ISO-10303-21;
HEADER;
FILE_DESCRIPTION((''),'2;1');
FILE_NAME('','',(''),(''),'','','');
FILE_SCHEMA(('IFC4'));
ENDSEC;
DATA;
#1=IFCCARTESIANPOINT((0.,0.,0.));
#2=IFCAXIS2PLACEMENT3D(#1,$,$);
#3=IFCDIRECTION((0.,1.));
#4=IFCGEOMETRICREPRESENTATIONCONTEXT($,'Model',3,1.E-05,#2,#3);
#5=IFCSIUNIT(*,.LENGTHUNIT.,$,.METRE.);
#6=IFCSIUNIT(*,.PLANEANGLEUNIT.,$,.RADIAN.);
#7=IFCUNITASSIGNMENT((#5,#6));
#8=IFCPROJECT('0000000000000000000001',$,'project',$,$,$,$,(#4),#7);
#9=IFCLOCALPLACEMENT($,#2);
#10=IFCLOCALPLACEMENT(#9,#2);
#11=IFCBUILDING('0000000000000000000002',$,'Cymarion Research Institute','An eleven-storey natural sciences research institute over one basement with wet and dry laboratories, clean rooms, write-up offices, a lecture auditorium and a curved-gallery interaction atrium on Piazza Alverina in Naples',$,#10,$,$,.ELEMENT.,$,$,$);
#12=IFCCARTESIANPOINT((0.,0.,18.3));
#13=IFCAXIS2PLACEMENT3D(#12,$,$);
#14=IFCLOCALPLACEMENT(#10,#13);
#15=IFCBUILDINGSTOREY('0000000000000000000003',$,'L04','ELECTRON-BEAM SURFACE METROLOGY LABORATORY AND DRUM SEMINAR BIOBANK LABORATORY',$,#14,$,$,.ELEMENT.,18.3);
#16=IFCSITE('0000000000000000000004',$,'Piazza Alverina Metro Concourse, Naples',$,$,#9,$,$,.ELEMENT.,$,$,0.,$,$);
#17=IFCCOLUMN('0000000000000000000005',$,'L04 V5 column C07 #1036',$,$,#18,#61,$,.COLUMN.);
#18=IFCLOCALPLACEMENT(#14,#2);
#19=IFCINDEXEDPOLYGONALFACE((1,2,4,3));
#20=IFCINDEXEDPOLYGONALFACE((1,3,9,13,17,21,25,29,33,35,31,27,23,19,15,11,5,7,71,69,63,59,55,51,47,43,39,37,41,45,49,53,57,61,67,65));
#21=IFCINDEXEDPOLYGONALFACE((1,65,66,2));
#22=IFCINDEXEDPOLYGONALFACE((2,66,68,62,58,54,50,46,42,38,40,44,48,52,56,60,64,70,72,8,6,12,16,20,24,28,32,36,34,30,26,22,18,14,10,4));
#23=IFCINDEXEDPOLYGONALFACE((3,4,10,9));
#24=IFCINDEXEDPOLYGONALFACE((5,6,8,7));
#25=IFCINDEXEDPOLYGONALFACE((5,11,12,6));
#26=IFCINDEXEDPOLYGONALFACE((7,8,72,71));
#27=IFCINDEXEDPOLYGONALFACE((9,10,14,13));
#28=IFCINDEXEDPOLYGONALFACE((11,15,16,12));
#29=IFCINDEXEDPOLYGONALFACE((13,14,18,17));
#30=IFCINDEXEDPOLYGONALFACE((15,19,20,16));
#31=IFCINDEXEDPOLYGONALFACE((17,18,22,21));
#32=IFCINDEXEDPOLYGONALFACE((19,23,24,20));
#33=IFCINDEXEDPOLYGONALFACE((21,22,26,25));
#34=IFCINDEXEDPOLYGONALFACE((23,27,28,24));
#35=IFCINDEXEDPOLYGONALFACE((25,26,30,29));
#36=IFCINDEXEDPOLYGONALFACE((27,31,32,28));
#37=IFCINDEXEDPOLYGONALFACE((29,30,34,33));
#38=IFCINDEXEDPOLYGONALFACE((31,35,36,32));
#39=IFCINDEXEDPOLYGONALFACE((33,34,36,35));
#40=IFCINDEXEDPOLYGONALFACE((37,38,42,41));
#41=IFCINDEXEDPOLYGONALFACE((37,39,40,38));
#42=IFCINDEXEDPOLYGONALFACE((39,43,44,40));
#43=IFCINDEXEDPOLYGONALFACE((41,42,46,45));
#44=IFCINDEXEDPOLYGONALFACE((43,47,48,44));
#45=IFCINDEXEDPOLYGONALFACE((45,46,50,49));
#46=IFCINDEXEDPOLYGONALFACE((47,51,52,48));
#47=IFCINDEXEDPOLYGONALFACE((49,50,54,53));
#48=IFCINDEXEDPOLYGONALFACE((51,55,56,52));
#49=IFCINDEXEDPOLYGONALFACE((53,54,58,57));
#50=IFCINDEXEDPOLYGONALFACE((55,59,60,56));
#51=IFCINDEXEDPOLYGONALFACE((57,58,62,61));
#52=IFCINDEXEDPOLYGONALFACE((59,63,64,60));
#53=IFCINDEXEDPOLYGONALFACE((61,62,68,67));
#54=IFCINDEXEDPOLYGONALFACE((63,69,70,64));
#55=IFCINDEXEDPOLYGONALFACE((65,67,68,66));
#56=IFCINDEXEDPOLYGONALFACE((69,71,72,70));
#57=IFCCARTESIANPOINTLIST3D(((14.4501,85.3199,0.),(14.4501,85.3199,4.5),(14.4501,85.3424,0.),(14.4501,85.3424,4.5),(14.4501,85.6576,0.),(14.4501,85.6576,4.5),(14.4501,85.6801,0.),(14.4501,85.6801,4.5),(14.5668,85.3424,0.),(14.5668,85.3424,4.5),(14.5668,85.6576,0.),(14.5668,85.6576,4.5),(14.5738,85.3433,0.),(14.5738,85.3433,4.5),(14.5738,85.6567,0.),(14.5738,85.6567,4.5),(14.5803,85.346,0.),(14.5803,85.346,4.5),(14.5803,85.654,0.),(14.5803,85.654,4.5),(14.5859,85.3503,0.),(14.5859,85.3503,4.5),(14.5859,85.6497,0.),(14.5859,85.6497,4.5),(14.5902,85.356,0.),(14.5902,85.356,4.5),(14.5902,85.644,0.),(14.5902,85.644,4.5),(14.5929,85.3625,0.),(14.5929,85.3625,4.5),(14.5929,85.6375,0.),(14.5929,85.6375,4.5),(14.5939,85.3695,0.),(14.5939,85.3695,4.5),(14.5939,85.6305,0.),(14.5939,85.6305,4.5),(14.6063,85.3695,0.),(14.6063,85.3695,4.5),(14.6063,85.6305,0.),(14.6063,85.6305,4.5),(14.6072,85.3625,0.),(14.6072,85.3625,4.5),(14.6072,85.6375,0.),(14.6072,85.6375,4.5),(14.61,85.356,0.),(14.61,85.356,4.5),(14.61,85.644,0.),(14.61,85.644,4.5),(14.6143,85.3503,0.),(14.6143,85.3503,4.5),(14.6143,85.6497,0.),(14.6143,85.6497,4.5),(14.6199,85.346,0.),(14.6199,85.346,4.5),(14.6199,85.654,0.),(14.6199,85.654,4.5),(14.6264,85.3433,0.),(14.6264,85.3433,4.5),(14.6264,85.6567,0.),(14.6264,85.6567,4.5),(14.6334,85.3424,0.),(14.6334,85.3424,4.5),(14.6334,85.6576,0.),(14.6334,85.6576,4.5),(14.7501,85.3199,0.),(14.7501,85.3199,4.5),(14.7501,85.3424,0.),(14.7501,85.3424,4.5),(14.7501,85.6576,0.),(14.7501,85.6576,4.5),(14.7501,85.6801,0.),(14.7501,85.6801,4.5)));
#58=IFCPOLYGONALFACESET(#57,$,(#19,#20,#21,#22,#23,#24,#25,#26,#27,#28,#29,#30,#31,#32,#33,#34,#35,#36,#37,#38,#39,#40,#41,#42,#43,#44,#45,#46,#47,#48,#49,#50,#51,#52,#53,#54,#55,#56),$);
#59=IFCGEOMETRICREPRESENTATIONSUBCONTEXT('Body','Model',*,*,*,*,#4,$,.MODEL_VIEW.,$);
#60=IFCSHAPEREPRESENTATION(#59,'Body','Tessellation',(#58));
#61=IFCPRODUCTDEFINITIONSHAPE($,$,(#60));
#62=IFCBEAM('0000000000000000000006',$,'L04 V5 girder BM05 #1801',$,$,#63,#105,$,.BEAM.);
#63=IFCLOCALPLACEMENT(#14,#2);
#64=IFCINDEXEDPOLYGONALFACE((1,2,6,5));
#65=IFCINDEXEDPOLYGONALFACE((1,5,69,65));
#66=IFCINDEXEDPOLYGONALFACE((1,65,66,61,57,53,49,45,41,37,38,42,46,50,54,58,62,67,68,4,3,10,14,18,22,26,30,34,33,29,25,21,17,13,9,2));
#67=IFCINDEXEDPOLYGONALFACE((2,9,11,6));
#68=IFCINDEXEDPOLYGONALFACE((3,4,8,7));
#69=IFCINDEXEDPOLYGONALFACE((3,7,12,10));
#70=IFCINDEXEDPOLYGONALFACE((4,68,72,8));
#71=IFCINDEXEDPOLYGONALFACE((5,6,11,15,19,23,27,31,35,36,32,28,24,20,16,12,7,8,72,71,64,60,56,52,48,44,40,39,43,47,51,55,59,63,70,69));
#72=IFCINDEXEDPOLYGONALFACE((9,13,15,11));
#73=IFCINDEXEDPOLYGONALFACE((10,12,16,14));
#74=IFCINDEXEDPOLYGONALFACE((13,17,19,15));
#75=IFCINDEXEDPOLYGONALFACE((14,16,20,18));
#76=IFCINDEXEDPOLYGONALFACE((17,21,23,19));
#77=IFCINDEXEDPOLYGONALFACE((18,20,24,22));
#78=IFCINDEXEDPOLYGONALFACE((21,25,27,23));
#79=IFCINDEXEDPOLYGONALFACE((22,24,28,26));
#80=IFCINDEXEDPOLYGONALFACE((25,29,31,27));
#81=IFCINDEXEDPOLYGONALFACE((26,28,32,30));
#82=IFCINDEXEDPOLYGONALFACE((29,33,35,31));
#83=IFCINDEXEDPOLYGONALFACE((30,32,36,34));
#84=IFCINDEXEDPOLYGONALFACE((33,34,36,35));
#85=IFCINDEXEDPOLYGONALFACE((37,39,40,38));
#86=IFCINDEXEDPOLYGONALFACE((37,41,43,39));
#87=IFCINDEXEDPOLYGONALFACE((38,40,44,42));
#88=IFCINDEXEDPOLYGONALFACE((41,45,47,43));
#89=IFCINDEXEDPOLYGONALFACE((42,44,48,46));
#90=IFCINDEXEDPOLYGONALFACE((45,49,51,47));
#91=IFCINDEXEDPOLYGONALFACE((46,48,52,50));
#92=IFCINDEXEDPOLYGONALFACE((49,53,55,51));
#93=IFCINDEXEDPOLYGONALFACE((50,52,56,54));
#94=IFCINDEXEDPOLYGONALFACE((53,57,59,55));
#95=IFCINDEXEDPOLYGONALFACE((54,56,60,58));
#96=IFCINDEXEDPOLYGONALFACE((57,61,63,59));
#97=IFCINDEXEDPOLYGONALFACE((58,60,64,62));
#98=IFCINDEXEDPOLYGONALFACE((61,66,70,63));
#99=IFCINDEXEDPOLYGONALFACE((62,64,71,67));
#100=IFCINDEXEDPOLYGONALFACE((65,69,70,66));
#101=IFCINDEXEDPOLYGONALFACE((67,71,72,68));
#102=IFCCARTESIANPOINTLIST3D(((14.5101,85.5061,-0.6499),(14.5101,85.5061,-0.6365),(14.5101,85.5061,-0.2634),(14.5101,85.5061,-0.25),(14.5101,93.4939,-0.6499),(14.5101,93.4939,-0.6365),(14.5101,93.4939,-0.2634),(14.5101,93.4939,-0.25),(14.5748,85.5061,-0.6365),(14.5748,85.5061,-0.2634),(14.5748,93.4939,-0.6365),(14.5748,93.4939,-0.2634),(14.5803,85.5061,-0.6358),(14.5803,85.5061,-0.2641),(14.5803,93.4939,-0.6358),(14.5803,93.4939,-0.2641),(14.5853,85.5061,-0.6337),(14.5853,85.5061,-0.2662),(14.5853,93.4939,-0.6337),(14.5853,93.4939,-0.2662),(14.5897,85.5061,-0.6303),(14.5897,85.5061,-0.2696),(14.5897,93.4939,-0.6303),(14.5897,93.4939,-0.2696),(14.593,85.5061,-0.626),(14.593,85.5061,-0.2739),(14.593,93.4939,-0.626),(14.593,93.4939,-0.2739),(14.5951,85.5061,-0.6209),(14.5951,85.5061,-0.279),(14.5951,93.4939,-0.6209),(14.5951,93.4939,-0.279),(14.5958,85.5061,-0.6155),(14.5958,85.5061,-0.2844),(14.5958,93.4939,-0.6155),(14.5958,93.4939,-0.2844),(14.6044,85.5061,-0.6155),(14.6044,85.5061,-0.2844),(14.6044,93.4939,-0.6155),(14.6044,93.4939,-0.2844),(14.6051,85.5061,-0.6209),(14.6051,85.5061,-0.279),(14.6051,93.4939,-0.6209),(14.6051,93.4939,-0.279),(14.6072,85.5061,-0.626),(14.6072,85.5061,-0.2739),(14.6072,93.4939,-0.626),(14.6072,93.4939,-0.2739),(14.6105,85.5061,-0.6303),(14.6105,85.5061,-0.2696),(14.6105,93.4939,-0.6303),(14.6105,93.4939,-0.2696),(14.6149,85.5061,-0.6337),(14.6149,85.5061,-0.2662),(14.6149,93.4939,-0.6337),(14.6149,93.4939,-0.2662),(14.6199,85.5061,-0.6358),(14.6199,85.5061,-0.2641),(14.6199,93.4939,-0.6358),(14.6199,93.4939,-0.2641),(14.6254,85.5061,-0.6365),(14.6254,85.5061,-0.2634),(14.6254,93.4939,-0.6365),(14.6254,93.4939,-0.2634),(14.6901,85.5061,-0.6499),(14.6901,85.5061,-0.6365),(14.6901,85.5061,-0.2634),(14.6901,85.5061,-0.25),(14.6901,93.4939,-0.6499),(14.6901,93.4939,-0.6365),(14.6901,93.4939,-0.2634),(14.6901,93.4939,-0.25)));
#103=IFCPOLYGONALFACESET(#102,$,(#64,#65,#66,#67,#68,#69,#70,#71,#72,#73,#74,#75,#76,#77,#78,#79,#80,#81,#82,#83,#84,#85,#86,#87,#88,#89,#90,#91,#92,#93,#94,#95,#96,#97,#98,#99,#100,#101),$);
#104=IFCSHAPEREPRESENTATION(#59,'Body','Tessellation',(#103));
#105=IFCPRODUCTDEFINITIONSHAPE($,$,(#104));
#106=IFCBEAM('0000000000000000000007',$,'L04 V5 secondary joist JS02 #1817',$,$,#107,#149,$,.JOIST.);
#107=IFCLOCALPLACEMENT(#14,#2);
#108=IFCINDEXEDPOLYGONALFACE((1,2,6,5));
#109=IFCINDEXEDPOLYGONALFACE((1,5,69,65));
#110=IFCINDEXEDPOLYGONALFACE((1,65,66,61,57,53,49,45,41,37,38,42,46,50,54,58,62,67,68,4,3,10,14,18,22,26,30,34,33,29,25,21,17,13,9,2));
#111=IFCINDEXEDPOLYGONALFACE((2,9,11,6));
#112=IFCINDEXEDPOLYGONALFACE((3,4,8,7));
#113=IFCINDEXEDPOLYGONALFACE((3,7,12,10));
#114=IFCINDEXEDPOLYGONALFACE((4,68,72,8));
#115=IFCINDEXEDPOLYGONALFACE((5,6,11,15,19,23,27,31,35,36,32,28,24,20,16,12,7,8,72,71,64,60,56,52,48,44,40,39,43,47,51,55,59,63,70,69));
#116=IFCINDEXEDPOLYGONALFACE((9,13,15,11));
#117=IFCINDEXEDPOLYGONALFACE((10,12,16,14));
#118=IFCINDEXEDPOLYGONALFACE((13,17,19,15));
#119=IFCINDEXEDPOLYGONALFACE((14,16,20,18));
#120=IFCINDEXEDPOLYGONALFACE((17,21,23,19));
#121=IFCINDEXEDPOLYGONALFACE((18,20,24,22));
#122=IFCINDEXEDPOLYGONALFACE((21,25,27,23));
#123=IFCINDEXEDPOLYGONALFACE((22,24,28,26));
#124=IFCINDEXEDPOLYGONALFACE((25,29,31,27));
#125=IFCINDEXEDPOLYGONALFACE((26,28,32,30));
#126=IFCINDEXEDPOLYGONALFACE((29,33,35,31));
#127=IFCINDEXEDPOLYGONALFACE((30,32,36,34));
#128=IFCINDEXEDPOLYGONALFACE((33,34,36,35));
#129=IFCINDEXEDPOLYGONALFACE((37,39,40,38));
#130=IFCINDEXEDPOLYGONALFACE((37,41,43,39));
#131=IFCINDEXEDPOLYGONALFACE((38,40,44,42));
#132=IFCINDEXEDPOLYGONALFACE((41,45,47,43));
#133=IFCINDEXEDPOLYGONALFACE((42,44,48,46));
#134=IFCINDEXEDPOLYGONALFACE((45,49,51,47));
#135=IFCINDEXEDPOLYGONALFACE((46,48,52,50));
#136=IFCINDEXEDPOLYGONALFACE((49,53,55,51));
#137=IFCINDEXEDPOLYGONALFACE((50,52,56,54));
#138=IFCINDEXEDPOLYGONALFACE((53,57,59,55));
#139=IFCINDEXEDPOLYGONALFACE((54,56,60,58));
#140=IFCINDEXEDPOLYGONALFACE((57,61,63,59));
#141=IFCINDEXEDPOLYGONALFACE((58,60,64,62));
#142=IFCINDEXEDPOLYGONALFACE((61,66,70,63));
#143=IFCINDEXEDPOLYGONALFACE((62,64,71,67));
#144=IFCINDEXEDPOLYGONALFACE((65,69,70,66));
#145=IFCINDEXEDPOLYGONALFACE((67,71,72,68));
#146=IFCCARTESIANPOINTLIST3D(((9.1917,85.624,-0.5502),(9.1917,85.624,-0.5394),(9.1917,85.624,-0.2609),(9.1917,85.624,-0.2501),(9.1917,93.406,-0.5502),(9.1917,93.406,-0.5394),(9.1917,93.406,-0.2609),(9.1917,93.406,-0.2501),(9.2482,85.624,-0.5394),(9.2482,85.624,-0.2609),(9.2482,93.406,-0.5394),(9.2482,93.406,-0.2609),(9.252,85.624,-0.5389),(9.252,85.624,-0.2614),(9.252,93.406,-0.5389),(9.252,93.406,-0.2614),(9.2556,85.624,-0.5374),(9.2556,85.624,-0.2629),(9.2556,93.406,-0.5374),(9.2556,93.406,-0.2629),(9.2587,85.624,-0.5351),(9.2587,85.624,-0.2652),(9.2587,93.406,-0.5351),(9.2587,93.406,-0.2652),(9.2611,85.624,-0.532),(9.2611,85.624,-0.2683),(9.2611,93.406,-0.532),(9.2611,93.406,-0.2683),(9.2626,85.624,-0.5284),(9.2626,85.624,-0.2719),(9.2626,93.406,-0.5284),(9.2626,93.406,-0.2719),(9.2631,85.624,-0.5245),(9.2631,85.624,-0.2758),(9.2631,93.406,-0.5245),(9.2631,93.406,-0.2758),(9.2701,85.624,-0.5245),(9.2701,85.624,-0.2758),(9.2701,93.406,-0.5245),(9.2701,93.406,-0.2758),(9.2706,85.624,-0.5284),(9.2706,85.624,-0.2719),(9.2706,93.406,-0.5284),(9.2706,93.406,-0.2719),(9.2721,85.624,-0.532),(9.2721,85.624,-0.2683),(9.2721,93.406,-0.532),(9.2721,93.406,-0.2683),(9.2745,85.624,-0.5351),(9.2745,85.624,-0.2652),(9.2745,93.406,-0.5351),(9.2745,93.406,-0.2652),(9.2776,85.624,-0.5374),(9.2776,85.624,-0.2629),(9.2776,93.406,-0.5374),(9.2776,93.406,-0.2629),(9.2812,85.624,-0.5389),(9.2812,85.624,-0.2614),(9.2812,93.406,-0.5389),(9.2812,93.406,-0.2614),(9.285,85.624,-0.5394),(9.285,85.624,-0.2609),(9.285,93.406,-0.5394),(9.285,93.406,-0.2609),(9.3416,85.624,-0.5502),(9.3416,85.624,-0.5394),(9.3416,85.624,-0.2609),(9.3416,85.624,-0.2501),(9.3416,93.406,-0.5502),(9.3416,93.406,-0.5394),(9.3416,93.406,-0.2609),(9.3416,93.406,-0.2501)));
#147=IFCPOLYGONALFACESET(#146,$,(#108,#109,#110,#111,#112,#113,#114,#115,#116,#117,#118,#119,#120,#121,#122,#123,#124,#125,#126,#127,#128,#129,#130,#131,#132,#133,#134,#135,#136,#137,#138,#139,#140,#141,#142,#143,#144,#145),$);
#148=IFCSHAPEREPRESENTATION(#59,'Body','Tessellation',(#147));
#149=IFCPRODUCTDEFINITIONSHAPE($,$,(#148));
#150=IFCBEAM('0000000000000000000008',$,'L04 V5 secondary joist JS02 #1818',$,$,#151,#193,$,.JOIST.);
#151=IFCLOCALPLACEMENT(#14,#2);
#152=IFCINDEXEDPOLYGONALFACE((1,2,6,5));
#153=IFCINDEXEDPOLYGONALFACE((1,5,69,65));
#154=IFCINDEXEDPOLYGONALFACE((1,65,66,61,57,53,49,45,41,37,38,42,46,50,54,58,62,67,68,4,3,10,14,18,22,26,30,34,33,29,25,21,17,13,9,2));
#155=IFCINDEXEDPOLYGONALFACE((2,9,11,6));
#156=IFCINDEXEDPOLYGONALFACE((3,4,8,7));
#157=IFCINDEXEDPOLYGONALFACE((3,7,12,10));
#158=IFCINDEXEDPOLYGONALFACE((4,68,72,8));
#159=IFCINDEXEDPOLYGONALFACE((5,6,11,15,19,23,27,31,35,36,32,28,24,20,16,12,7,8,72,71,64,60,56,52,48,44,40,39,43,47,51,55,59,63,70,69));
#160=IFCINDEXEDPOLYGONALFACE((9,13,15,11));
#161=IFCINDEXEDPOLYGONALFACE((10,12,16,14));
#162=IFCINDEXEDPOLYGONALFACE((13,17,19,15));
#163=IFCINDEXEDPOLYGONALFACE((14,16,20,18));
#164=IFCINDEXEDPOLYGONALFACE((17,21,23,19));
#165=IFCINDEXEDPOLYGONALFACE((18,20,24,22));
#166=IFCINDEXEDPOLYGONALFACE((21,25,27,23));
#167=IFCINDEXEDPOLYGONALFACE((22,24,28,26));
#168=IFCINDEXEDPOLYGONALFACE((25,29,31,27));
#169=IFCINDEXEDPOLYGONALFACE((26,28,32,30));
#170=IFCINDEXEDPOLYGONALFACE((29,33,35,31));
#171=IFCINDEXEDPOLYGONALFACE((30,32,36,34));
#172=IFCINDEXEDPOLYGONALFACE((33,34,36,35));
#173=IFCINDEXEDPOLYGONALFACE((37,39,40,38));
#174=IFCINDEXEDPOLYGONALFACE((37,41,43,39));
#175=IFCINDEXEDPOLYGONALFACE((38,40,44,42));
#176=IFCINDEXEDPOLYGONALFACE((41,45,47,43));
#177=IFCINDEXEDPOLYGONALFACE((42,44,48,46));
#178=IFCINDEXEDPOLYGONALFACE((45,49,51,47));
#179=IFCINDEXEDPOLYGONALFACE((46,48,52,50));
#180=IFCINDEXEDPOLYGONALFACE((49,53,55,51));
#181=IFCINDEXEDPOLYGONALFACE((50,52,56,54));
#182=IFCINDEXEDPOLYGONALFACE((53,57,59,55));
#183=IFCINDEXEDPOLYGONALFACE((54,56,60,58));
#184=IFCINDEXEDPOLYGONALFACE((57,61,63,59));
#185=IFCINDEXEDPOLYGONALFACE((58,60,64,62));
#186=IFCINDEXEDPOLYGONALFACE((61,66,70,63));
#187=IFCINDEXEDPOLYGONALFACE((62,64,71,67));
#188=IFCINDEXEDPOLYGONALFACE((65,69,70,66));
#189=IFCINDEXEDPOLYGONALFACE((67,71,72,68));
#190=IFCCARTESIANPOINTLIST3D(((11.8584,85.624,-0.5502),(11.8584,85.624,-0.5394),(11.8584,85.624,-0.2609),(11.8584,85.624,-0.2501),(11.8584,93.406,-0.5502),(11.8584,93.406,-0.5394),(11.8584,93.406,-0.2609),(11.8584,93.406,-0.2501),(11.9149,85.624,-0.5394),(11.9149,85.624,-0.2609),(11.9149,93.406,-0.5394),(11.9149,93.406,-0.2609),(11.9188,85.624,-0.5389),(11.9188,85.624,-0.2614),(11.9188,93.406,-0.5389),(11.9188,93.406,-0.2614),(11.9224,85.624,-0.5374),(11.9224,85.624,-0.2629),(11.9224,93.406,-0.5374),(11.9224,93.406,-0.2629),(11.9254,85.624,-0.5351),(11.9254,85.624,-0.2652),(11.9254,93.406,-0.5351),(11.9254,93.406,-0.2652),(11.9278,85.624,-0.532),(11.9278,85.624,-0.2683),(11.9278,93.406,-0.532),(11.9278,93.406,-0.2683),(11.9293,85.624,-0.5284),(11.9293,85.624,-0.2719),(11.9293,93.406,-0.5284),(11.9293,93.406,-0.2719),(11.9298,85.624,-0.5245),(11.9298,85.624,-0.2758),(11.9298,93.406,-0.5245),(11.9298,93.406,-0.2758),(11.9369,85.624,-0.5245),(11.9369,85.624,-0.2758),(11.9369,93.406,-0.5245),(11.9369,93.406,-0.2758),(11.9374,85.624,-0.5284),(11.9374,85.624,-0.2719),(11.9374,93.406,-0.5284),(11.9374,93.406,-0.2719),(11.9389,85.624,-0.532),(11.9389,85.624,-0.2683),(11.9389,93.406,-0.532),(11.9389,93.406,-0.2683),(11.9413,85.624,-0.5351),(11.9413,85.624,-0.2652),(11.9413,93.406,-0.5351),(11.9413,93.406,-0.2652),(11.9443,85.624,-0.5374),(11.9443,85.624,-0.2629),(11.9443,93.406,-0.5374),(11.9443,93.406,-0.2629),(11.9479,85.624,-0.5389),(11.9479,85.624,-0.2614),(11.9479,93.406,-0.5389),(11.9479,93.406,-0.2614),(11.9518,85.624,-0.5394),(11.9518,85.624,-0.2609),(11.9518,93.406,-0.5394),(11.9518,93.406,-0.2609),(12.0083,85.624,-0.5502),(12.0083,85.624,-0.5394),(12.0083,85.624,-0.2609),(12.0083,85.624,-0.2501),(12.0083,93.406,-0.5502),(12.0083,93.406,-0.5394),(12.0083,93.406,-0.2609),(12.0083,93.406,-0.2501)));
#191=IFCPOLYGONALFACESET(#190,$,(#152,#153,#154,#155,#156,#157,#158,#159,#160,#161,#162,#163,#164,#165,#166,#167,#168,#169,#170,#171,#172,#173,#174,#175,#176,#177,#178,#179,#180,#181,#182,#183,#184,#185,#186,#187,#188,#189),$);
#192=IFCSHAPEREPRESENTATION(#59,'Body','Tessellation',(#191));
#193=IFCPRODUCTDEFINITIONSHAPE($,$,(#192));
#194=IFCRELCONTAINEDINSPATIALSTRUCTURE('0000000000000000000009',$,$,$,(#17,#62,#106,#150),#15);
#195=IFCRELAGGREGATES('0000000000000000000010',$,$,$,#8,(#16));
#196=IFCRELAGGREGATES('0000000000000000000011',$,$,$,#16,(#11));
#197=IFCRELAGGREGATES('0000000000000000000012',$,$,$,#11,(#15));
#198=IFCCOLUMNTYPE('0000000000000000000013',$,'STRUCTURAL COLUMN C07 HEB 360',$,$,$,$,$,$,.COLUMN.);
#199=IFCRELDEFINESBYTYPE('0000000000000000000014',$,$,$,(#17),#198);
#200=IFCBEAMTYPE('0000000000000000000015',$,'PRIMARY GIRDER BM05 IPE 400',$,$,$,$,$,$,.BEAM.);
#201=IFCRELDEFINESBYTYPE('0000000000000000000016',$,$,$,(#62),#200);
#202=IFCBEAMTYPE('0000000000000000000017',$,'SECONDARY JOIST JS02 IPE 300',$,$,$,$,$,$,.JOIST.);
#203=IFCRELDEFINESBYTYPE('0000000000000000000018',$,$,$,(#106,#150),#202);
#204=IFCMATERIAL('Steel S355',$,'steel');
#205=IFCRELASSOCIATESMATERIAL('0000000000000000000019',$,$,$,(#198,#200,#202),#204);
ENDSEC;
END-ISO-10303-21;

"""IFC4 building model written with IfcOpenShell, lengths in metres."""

from ifc_helpers import new_model, si_unit, direction, frame, origin, origin_2d, place, context, subcontext, project, spatial, i_section, extrude, material, material_profile, profile_set, type_object, element, save


model = new_model("IFC4")

# Units and contexts
model_context = context("Model", 3, precision=1e-05, world=origin(), true_north=direction((0.0, 1.0)))
body_context = subcontext(model_context, "Body", "Model", "MODEL_VIEW")
ifc_project = project(units=[si_unit("LENGTHUNIT", "METRE"), si_unit("PLANEANGLEUNIT", "RADIAN")], contexts=[model_context])

# Site, building, storey
site_placement = place(None, origin())
site = spatial("IfcSite", under=ifc_project, at=site_placement, Name="Piazza Alverina Metro Concourse, Naples", CompositionType="ELEMENT", RefElevation=0.0)
building_placement = place(site_placement, origin())
building = spatial("IfcBuilding", under=site, at=building_placement, Name="Cymarion Research Institute", Description="An eleven-storey natural sciences research institute over one basement with wet and dry laboratories, clean rooms, write-up offices, a lecture auditorium and a curved-gallery interaction atrium on Piazza Alverina in Naples", CompositionType="ELEMENT")
storey_placement = place(building_placement, frame((0.0, 0.0, 18.3)))
storey = spatial("IfcBuildingStorey", under=building, at=storey_placement, Name="L04", Description="ELECTRON-BEAM SURFACE METROLOGY LABORATORY AND DRUM SEMINAR BIOBANK LABORATORY", CompositionType="ELEMENT", Elevation=18.3)

# Column
ifc_material_1 = material(Name="Steel S355", Category="steel")
ifc_material_profile_1 = material_profile(ifc_material_1, i_section(OverallWidth=0.3, OverallDepth=0.3601, WebThickness=0.0125, FlangeThickness=0.0225, FilletRadius=0.0271, at=origin_2d()), Name="HEB 360")
ifc_profile_set_1 = profile_set([ifc_material_profile_1], Name="Steel S355")
column_type = type_object("IfcColumnType", Name="STRUCTURAL COLUMN C07 HEB 360", PredefinedType="COLUMN", material=ifc_profile_set_1)
column_placement = place(storey_placement, frame((14.6001, 85.5, 0.0), z_axis=(0.0, 0.0, 1.0), x_axis=(1.0, 0.0, 0.0)))
element("IfcColumn", 1, at=column_placement, inside=storey, type_object=column_type, Name="L04 V5 column C07 #1036", PredefinedType="COLUMN", context=body_context, shape_type="SweptSolid", body=[
    extrude(i_section(OverallWidth=0.3, OverallDepth=0.3601, WebThickness=0.0125, FlangeThickness=0.0225, FilletRadius=0.0271, at=origin_2d()), origin(), (0.0, 0.0, 1.0), 4.5),
])

# Beams
ifc_material_profile_2 = material_profile(ifc_material_1, i_section(OverallWidth=0.1799, OverallDepth=0.3999, WebThickness=0.0085, FlangeThickness=0.0134, FilletRadius=0.021, at=origin_2d()), Name="IPE 400")
ifc_profile_set_2 = profile_set([ifc_material_profile_2], Name="Steel S355")
beam_type_1 = type_object("IfcBeamType", Name="PRIMARY GIRDER BM05 IPE 400", PredefinedType="BEAM", material=ifc_profile_set_2)
beam_placement = place(storey_placement, frame((14.6001, 85.5061, -0.45), z_axis=(0.0, 1.0, 0.0), x_axis=(-1.0, 0.0, 0.0)))
element("IfcBeam", 2, at=beam_placement, inside=storey, type_object=beam_type_1, Name="L04 V5 girder BM05 #1801", PredefinedType="BEAM", context=body_context, shape_type="SweptSolid", body=[
    extrude(i_section(OverallWidth=0.1799, OverallDepth=0.3999, WebThickness=0.0085, FlangeThickness=0.0134, FilletRadius=0.021, at=origin_2d()), origin(), (0.0, 0.0, 1.0), 7.9878),
])
ifc_material_profile_3 = material_profile(ifc_material_1, i_section(OverallWidth=0.1499, OverallDepth=0.3, WebThickness=0.0071, FlangeThickness=0.0107, FilletRadius=0.0149, at=origin_2d()), Name="IPE 300")
ifc_profile_set_3 = profile_set([ifc_material_profile_3], Name="Steel S355")
beam_type_2 = type_object("IfcBeamType", Name="SECONDARY JOIST JS02 IPE 300", PredefinedType="JOIST", material=ifc_profile_set_3)
for number, where, z_axis, x_axis, name in (
    (3, (9.2666, 85.624, -0.4001), (0.0, 1.0, 0.0), (-1.0, 0.0, 0.0), "L04 V5 secondary joist JS02 #1817"),
    (4, (11.9333, 85.624, -0.4001), (0.0, 1.0, 0.0), (-1.0, 0.0, 0.0), "L04 V5 secondary joist JS02 #1818"),
):
    element("IfcBeam", number, at=place(storey_placement, frame(where, z_axis=z_axis, x_axis=x_axis)), inside=storey, type_object=beam_type_2, Name=name, PredefinedType="JOIST", context=body_context, shape_type="SweptSolid", body=[
        extrude(i_section(OverallWidth=0.1499, OverallDepth=0.3, WebThickness=0.0071, FlangeThickness=0.0107, FilletRadius=0.0149, at=origin_2d()), origin(), (0.0, 0.0, 1.0), 7.782),
    ])

save(model, "model.ifc")
